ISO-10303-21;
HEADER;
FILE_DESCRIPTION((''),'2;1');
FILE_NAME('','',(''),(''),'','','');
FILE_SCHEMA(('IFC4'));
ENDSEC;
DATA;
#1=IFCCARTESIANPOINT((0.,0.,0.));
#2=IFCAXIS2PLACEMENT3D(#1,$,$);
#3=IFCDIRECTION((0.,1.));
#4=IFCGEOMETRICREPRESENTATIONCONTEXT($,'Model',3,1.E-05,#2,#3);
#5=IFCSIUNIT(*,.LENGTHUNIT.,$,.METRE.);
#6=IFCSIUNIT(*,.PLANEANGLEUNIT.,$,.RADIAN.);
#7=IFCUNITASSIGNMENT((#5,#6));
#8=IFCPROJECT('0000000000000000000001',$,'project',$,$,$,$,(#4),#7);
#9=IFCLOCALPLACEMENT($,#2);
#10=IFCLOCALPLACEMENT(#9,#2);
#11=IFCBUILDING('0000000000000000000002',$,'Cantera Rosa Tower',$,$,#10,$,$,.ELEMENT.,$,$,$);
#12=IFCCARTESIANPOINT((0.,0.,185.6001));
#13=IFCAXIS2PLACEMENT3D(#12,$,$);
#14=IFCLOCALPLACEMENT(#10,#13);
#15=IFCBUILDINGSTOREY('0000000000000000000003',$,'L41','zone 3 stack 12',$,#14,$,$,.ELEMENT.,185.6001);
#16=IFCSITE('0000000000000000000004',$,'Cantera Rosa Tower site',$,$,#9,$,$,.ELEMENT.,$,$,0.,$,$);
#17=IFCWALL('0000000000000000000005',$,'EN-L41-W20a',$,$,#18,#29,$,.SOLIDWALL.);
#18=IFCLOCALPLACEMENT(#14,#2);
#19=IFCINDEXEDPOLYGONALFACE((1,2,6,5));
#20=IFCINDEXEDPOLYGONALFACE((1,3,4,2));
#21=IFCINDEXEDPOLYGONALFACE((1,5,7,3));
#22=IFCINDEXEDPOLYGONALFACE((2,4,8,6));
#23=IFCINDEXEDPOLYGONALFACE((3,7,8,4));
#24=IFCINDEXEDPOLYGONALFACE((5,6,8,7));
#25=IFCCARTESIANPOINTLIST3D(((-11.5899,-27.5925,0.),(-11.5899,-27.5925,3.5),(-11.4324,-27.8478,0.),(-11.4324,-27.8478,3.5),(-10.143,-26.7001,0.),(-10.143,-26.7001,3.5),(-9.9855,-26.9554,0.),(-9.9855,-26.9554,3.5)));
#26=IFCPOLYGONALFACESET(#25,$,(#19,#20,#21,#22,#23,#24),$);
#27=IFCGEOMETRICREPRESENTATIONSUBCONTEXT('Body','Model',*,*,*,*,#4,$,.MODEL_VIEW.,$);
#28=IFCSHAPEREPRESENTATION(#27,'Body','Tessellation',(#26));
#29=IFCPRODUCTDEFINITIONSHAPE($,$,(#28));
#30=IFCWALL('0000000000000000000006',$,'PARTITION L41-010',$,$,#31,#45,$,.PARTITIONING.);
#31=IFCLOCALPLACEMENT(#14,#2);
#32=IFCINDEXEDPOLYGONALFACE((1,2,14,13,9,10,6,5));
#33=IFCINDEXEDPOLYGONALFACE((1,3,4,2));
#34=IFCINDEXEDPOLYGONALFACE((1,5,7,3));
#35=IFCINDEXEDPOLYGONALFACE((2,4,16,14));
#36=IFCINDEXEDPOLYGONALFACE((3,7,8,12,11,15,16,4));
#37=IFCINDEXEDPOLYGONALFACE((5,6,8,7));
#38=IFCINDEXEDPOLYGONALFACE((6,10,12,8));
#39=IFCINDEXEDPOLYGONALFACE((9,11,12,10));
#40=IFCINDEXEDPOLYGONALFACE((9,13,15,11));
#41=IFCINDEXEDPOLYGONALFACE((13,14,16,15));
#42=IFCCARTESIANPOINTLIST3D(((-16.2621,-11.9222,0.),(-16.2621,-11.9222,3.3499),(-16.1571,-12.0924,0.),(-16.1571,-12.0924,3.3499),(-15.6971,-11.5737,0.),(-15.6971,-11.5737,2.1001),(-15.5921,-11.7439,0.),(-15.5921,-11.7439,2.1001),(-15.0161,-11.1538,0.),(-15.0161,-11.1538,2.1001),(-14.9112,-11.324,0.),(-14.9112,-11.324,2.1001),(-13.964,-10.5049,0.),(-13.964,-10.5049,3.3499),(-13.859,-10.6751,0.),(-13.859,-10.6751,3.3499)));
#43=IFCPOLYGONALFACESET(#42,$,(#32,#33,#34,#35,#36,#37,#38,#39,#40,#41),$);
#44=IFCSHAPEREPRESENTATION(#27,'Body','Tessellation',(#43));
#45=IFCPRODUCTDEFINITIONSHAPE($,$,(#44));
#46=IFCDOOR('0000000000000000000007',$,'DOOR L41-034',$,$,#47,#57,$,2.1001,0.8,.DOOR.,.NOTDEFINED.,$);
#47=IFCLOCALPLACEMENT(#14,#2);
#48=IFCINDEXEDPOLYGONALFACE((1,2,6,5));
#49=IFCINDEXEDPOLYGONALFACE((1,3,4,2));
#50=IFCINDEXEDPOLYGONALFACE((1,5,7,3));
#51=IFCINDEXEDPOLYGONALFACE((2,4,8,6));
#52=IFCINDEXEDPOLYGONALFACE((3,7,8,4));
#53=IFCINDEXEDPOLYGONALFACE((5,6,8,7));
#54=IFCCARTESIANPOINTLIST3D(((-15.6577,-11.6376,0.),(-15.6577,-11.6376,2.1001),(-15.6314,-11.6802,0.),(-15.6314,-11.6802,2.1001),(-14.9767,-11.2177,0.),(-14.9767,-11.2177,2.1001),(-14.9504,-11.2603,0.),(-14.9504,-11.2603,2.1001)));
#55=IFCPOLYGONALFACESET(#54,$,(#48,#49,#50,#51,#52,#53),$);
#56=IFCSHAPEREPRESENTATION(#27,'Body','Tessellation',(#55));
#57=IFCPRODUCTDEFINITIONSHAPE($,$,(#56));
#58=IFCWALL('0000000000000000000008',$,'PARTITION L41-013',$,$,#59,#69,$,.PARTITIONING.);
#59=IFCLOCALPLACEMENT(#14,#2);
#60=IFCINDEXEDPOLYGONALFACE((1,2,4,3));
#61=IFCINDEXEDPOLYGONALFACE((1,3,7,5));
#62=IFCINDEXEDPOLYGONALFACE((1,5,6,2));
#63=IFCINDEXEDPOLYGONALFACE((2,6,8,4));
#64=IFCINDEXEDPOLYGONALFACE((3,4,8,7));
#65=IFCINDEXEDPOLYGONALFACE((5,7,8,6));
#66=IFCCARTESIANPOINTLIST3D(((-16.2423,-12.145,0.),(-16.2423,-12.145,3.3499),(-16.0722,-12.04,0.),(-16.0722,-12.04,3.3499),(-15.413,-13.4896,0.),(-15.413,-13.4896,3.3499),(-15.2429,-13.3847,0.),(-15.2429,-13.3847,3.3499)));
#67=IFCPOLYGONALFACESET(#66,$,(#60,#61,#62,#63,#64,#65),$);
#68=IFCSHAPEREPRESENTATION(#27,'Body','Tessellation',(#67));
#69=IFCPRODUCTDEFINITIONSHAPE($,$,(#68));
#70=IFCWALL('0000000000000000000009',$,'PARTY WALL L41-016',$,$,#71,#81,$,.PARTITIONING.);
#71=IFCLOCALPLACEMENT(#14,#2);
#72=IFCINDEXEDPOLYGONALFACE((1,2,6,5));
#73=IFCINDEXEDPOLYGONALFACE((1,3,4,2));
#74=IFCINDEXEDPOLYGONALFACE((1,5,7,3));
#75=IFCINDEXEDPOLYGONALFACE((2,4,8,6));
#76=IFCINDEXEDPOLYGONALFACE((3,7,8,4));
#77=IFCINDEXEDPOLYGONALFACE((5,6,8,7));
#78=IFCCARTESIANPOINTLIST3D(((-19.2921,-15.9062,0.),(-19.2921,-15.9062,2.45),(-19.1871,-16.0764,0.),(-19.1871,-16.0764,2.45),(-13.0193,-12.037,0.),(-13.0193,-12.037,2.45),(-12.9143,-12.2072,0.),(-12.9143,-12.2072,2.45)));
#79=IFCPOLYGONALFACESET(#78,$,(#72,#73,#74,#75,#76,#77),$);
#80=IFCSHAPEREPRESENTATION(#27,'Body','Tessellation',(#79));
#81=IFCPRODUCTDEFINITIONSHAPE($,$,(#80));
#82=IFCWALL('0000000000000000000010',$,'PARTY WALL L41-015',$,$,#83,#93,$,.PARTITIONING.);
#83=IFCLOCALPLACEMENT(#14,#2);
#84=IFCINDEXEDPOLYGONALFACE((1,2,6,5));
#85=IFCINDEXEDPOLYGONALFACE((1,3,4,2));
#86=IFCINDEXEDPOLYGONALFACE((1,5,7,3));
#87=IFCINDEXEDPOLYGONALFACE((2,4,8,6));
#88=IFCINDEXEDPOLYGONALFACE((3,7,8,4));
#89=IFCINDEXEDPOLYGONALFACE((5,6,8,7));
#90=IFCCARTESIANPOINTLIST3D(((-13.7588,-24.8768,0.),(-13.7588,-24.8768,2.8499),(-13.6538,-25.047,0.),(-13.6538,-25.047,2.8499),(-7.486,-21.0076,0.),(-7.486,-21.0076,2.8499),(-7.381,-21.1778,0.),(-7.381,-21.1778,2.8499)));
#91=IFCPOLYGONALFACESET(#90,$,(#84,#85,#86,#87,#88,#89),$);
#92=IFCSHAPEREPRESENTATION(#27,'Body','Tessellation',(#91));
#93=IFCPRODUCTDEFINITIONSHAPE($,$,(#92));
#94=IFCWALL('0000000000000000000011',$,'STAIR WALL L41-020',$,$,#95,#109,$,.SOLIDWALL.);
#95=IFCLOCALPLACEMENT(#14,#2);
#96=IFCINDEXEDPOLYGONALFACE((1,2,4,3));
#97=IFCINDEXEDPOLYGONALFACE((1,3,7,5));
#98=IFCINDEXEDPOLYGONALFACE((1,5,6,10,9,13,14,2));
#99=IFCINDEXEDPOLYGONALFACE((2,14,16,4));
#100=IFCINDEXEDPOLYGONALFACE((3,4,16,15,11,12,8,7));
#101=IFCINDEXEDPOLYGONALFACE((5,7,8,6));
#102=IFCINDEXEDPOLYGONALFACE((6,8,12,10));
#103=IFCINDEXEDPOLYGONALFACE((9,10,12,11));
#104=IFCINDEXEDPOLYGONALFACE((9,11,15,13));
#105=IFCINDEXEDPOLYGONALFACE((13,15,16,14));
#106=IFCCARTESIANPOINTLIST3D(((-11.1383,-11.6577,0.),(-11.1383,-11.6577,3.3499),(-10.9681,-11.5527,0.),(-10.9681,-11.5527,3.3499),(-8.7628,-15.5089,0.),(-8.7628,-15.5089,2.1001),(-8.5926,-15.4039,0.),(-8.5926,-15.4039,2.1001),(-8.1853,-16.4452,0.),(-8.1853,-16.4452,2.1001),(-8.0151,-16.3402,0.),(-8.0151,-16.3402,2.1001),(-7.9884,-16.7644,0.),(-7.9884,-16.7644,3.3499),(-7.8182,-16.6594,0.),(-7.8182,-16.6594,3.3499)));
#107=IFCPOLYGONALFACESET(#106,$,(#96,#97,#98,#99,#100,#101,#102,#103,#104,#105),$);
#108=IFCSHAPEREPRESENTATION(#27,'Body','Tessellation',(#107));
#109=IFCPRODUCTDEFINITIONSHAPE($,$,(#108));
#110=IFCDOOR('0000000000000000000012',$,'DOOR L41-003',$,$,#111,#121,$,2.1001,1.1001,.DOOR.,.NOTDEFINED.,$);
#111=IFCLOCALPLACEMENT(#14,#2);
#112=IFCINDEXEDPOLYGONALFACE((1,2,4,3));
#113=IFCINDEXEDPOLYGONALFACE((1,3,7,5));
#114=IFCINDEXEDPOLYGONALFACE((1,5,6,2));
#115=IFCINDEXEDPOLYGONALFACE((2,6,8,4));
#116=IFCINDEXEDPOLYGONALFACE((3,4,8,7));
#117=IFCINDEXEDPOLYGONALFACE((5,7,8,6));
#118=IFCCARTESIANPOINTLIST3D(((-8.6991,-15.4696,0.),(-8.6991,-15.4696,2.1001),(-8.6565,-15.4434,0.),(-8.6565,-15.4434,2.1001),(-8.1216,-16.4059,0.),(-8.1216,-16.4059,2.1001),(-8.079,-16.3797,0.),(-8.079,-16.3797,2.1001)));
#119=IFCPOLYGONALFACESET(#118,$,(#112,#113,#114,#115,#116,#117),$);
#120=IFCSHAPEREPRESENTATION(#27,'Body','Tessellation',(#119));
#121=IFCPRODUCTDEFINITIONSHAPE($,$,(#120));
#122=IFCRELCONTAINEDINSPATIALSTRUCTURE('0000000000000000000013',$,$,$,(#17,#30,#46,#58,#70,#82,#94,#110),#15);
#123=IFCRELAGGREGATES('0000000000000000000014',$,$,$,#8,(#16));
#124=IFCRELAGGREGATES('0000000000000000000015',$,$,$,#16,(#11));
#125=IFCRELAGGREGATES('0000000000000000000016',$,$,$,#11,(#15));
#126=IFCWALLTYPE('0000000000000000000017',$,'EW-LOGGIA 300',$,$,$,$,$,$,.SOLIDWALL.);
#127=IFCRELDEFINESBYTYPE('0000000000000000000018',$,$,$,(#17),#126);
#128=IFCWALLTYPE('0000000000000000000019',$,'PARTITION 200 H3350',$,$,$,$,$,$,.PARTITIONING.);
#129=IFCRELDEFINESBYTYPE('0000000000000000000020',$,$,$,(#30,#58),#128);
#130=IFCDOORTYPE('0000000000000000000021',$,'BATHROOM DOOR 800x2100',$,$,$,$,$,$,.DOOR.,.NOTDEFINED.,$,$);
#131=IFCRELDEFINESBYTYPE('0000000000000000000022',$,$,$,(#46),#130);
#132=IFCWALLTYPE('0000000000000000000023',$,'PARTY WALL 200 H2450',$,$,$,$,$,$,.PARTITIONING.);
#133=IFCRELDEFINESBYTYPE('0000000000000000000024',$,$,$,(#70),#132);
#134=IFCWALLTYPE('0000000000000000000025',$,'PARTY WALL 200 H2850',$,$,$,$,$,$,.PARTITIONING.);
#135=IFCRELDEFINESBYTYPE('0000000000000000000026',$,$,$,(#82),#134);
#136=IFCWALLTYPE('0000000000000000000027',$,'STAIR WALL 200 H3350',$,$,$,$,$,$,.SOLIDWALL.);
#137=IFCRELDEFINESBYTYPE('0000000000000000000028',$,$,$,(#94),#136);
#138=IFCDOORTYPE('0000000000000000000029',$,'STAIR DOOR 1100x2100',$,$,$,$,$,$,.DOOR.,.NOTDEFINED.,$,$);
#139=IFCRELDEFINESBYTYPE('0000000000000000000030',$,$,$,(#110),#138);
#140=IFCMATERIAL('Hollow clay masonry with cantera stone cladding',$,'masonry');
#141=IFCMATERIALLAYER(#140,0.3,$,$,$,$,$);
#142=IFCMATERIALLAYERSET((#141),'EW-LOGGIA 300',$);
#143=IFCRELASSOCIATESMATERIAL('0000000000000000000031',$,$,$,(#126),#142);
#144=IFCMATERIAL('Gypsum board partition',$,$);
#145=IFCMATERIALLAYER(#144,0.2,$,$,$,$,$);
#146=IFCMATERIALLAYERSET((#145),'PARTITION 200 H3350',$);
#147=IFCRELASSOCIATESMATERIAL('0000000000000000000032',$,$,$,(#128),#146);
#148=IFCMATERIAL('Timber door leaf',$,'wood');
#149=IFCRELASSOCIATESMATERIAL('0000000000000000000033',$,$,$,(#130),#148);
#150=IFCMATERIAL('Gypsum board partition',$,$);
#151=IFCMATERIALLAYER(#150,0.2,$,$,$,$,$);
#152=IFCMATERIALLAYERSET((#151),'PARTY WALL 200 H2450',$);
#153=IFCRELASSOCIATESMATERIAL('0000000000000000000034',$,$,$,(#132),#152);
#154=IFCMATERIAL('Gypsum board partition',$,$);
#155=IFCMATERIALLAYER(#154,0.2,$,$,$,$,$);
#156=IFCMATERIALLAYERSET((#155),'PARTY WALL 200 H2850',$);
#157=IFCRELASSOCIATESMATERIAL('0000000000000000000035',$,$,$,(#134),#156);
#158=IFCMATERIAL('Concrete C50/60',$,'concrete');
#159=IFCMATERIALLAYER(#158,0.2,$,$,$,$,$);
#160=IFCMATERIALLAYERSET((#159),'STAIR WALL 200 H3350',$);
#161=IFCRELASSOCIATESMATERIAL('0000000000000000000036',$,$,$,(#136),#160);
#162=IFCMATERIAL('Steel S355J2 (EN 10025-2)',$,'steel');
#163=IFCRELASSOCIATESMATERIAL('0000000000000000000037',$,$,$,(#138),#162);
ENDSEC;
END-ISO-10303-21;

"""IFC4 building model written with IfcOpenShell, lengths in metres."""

from ifc_helpers import new_model, si_unit, direction, frame, frame_2d, origin, place, context, subcontext, project, spatial, rectangle, extrude, material, layer, layer_set, type_object, element, fill, save


model = new_model("IFC4")

# Units and contexts
model_context = context("Model", 3, precision=1e-05, world=origin(), true_north=direction((0.0, 1.0)))
body_context = subcontext(model_context, "Body", "Model", "MODEL_VIEW")
ifc_project = project(units=[si_unit("LENGTHUNIT", "METRE"), si_unit("PLANEANGLEUNIT", "RADIAN")], contexts=[model_context])

# Site, building, storey
site_placement = place(None, origin())
site = spatial("IfcSite", under=ifc_project, at=site_placement, Name="Cantera Rosa Tower site", CompositionType="ELEMENT", RefElevation=0.0)
building_placement = place(site_placement, origin())
building = spatial("IfcBuilding", under=site, at=building_placement, Name="Cantera Rosa Tower", CompositionType="ELEMENT")
storey_placement = place(building_placement, frame((0.0, 0.0, 185.6001)))
storey = spatial("IfcBuildingStorey", under=building, at=storey_placement, Name="L41", Description="zone 3 stack 12", CompositionType="ELEMENT", Elevation=185.6001)

# Wall
ifc_material_1 = material(Name="Hollow clay masonry with cantera stone cladding", Category="masonry")
ifc_layer_1 = layer(ifc_material_1, 0.3)
ifc_layer_set_1 = layer_set([ifc_layer_1], Name="EW-LOGGIA 300")
wall_type_1 = type_object("IfcWallType", Name="EW-LOGGIA 300", PredefinedType="SOLIDWALL", material=ifc_layer_set_1)
wall_1_placement = place(storey_placement, frame((-11.5112, -27.7202, 0.0), z_axis=(0.0, 0.0, 1.0), x_axis=(0.85113, 0.524955, 0.0)))
element("IfcWall", 1, at=wall_1_placement, inside=storey, type_object=wall_type_1, Name="EN-L41-W20a", PredefinedType="SOLIDWALL", context=body_context, shape_type="SweptSolid", body=[
    extrude(rectangle(XDim=1.7, YDim=0.3, at=frame_2d((0.8501, 0.0))), origin(), (0.0, 0.0, 1.0), 3.5),
])

# Wall, opening, door
ifc_material_2 = material(Name="Gypsum board partition")
ifc_layer_2 = layer(ifc_material_2, 0.2)
ifc_layer_set_2 = layer_set([ifc_layer_2], Name="PARTITION 200 H3350")
wall_type_2 = type_object("IfcWallType", Name="PARTITION 200 H3350", PredefinedType="PARTITIONING", material=ifc_layer_set_2)
wall_2_placement = place(storey_placement, frame((-16.2097, -12.0073, 0.0), z_axis=(0.0, 0.0, 1.0), x_axis=(0.851158, 0.524909, 0.0)))
wall_2 = element("IfcWall", 2, at=wall_2_placement, inside=storey, type_object=wall_type_2, Name="PARTITION L41-010", PredefinedType="PARTITIONING", context=body_context, shape_type="SweptSolid", body=[
    extrude(rectangle(XDim=2.7, YDim=0.2, at=frame_2d((1.3501, 0.0))), origin(), (0.0, 0.0, 1.0), 3.3499),
])
opening_1_placement = place(wall_2_placement, frame((0.6641, 0.0, 0.0)))
opening_1 = element("IfcOpeningElement", 3, at=opening_1_placement, cuts=wall_2, PredefinedType="OPENING", context=body_context, shape_type="SweptSolid", body=[
    extrude(rectangle(XDim=0.8, YDim=2.1001, at=frame_2d((0.3999, 1.05))), frame((0.0, 0.1099, 0.0), z_axis=(0.0, -1.0, 0.0), x_axis=(1.0, 0.0, 0.0)), (0.0, 0.0, 1.0), 0.22),
])
ifc_material_3 = material(Name="Timber door leaf", Category="wood")
door_type_1 = type_object("IfcDoorType", Name="BATHROOM DOOR 800x2100", OperationType="NOTDEFINED", PredefinedType="DOOR", material=ifc_material_3)
door_1_placement = place(opening_1_placement, origin())
door_1 = element("IfcDoor", 4, at=door_1_placement, inside=storey, type_object=door_type_1, Name="DOOR L41-034", OperationType="NOTDEFINED", OverallHeight=2.1001, OverallWidth=0.8, PredefinedType="DOOR", context=body_context, shape_type="SweptSolid", body=[
    extrude(rectangle(XDim=0.8, YDim=2.1001, at=frame_2d((0.3999, 1.05))), frame((0.0, 0.0249, 0.0), z_axis=(0.0, -1.0, 0.0), x_axis=(1.0, 0.0, 0.0)), (0.0, 0.0, 1.0), 0.05),
])
fill(opening_1, door_1)

# Walls
wall_3_placement = place(storey_placement, frame((-15.3279, -13.4373, 0.0), z_axis=(0.0, 0.0, 1.0), x_axis=(-0.524933, 0.851143, 0.0)))
element("IfcWall", 5, at=wall_3_placement, inside=storey, type_object=wall_type_2, Name="PARTITION L41-013", PredefinedType="PARTITIONING", context=body_context, shape_type="SweptSolid", body=[
    extrude(rectangle(XDim=1.5798, YDim=0.2, at=frame_2d((0.79, 0.0))), origin(), (0.0, 0.0, 1.0), 3.3499),
])
ifc_material_4 = material(Name="Gypsum board partition")
ifc_layer_3 = layer(ifc_material_4, 0.2)
ifc_layer_set_3 = layer_set([ifc_layer_3], Name="PARTY WALL 200 H2450")
wall_type_3 = type_object("IfcWallType", Name="PARTY WALL 200 H2450", PredefinedType="PARTITIONING", material=ifc_layer_set_3)
wall_4_placement = place(storey_placement, frame((-12.9668, -12.1221, 0.0), z_axis=(0.0, 0.0, 1.0), x_axis=(-0.851112, -0.524984, 0.0)))
element("IfcWall", 6, at=wall_4_placement, inside=storey, type_object=wall_type_3, Name="PARTY WALL L41-016", PredefinedType="PARTITIONING", context=body_context, shape_type="SweptSolid", body=[
    extrude(rectangle(XDim=7.3701, YDim=0.2, at=frame_2d((3.6851, 0.0))), origin(), (0.0, 0.0, 1.0), 2.45),
])
ifc_material_5 = material(Name="Gypsum board partition")
ifc_layer_4 = layer(ifc_material_5, 0.2)
ifc_layer_set_4 = layer_set([ifc_layer_4], Name="PARTY WALL 200 H2850")
wall_type_4 = type_object("IfcWallType", Name="PARTY WALL 200 H2850", PredefinedType="PARTITIONING", material=ifc_layer_set_4)
wall_5_placement = place(storey_placement, frame((-13.7063, -24.9619, 0.0), z_axis=(0.0, 0.0, 1.0), x_axis=(0.851112, 0.524984, 0.0)))
element("IfcWall", 7, at=wall_5_placement, inside=storey, type_object=wall_type_4, Name="PARTY WALL L41-015", PredefinedType="PARTITIONING", context=body_context, shape_type="SweptSolid", body=[
    extrude(rectangle(XDim=7.3701, YDim=0.2, at=frame_2d((3.6851, 0.0))), origin(), (0.0, 0.0, 1.0), 2.8499),
])

# Wall, opening, door
ifc_material_6 = material(Name="Concrete C50/60", Category="concrete")
ifc_layer_5 = layer(ifc_material_6, 0.2)
ifc_layer_set_5 = layer_set([ifc_layer_5], Name="STAIR WALL 200 H3350")
wall_type_5 = type_object("IfcWallType", Name="STAIR WALL 200 H3350", PredefinedType="SOLIDWALL", material=ifc_layer_set_5)
wall_6_placement = place(storey_placement, frame((-11.0532, -11.6052, 0.0), z_axis=(0.0, 0.0, 1.0), x_axis=(0.524983, -0.851113, 0.0)))
wall_6 = element("IfcWall", 8, at=wall_6_placement, inside=storey, type_object=wall_type_5, Name="STAIR WALL L41-020", PredefinedType="SOLIDWALL", context=body_context, shape_type="SweptSolid", body=[
    extrude(rectangle(XDim=6.0, YDim=0.2, at=frame_2d((3.0, 0.0))), origin(), (0.0, 0.0, 1.0), 3.3499),
])
opening_2_placement = place(wall_6_placement, frame((4.5249, 0.0, 0.0)))
opening_2 = element("IfcOpeningElement", 9, at=opening_2_placement, cuts=wall_6, PredefinedType="OPENING", context=body_context, shape_type="SweptSolid", body=[
    extrude(rectangle(XDim=1.1001, YDim=2.1001, at=frame_2d((0.55, 1.05))), frame((0.0, 0.1099, 0.0), z_axis=(0.0, -1.0, 0.0), x_axis=(1.0, 0.0, 0.0)), (0.0, 0.0, 1.0), 0.22),
])
ifc_material_7 = material(Name="Steel S355J2 (EN 10025-2)", Category="steel")
door_type_2 = type_object("IfcDoorType", Name="STAIR DOOR 1100x2100", OperationType="NOTDEFINED", PredefinedType="DOOR", material=ifc_material_7)
door_2_placement = place(opening_2_placement, origin())
door_2 = element("IfcDoor", 10, at=door_2_placement, inside=storey, type_object=door_type_2, Name="DOOR L41-003", OperationType="NOTDEFINED", OverallHeight=2.1001, OverallWidth=1.1001, PredefinedType="DOOR", context=body_context, shape_type="SweptSolid", body=[
    extrude(rectangle(XDim=1.1001, YDim=2.1001, at=frame_2d((0.55, 1.05))), frame((0.0, 0.0249, 0.0), z_axis=(0.0, -1.0, 0.0), x_axis=(1.0, 0.0, 0.0)), (0.0, 0.0, 1.0), 0.05),
])
fill(opening_2, door_2)

save(model, "model.ifc")
